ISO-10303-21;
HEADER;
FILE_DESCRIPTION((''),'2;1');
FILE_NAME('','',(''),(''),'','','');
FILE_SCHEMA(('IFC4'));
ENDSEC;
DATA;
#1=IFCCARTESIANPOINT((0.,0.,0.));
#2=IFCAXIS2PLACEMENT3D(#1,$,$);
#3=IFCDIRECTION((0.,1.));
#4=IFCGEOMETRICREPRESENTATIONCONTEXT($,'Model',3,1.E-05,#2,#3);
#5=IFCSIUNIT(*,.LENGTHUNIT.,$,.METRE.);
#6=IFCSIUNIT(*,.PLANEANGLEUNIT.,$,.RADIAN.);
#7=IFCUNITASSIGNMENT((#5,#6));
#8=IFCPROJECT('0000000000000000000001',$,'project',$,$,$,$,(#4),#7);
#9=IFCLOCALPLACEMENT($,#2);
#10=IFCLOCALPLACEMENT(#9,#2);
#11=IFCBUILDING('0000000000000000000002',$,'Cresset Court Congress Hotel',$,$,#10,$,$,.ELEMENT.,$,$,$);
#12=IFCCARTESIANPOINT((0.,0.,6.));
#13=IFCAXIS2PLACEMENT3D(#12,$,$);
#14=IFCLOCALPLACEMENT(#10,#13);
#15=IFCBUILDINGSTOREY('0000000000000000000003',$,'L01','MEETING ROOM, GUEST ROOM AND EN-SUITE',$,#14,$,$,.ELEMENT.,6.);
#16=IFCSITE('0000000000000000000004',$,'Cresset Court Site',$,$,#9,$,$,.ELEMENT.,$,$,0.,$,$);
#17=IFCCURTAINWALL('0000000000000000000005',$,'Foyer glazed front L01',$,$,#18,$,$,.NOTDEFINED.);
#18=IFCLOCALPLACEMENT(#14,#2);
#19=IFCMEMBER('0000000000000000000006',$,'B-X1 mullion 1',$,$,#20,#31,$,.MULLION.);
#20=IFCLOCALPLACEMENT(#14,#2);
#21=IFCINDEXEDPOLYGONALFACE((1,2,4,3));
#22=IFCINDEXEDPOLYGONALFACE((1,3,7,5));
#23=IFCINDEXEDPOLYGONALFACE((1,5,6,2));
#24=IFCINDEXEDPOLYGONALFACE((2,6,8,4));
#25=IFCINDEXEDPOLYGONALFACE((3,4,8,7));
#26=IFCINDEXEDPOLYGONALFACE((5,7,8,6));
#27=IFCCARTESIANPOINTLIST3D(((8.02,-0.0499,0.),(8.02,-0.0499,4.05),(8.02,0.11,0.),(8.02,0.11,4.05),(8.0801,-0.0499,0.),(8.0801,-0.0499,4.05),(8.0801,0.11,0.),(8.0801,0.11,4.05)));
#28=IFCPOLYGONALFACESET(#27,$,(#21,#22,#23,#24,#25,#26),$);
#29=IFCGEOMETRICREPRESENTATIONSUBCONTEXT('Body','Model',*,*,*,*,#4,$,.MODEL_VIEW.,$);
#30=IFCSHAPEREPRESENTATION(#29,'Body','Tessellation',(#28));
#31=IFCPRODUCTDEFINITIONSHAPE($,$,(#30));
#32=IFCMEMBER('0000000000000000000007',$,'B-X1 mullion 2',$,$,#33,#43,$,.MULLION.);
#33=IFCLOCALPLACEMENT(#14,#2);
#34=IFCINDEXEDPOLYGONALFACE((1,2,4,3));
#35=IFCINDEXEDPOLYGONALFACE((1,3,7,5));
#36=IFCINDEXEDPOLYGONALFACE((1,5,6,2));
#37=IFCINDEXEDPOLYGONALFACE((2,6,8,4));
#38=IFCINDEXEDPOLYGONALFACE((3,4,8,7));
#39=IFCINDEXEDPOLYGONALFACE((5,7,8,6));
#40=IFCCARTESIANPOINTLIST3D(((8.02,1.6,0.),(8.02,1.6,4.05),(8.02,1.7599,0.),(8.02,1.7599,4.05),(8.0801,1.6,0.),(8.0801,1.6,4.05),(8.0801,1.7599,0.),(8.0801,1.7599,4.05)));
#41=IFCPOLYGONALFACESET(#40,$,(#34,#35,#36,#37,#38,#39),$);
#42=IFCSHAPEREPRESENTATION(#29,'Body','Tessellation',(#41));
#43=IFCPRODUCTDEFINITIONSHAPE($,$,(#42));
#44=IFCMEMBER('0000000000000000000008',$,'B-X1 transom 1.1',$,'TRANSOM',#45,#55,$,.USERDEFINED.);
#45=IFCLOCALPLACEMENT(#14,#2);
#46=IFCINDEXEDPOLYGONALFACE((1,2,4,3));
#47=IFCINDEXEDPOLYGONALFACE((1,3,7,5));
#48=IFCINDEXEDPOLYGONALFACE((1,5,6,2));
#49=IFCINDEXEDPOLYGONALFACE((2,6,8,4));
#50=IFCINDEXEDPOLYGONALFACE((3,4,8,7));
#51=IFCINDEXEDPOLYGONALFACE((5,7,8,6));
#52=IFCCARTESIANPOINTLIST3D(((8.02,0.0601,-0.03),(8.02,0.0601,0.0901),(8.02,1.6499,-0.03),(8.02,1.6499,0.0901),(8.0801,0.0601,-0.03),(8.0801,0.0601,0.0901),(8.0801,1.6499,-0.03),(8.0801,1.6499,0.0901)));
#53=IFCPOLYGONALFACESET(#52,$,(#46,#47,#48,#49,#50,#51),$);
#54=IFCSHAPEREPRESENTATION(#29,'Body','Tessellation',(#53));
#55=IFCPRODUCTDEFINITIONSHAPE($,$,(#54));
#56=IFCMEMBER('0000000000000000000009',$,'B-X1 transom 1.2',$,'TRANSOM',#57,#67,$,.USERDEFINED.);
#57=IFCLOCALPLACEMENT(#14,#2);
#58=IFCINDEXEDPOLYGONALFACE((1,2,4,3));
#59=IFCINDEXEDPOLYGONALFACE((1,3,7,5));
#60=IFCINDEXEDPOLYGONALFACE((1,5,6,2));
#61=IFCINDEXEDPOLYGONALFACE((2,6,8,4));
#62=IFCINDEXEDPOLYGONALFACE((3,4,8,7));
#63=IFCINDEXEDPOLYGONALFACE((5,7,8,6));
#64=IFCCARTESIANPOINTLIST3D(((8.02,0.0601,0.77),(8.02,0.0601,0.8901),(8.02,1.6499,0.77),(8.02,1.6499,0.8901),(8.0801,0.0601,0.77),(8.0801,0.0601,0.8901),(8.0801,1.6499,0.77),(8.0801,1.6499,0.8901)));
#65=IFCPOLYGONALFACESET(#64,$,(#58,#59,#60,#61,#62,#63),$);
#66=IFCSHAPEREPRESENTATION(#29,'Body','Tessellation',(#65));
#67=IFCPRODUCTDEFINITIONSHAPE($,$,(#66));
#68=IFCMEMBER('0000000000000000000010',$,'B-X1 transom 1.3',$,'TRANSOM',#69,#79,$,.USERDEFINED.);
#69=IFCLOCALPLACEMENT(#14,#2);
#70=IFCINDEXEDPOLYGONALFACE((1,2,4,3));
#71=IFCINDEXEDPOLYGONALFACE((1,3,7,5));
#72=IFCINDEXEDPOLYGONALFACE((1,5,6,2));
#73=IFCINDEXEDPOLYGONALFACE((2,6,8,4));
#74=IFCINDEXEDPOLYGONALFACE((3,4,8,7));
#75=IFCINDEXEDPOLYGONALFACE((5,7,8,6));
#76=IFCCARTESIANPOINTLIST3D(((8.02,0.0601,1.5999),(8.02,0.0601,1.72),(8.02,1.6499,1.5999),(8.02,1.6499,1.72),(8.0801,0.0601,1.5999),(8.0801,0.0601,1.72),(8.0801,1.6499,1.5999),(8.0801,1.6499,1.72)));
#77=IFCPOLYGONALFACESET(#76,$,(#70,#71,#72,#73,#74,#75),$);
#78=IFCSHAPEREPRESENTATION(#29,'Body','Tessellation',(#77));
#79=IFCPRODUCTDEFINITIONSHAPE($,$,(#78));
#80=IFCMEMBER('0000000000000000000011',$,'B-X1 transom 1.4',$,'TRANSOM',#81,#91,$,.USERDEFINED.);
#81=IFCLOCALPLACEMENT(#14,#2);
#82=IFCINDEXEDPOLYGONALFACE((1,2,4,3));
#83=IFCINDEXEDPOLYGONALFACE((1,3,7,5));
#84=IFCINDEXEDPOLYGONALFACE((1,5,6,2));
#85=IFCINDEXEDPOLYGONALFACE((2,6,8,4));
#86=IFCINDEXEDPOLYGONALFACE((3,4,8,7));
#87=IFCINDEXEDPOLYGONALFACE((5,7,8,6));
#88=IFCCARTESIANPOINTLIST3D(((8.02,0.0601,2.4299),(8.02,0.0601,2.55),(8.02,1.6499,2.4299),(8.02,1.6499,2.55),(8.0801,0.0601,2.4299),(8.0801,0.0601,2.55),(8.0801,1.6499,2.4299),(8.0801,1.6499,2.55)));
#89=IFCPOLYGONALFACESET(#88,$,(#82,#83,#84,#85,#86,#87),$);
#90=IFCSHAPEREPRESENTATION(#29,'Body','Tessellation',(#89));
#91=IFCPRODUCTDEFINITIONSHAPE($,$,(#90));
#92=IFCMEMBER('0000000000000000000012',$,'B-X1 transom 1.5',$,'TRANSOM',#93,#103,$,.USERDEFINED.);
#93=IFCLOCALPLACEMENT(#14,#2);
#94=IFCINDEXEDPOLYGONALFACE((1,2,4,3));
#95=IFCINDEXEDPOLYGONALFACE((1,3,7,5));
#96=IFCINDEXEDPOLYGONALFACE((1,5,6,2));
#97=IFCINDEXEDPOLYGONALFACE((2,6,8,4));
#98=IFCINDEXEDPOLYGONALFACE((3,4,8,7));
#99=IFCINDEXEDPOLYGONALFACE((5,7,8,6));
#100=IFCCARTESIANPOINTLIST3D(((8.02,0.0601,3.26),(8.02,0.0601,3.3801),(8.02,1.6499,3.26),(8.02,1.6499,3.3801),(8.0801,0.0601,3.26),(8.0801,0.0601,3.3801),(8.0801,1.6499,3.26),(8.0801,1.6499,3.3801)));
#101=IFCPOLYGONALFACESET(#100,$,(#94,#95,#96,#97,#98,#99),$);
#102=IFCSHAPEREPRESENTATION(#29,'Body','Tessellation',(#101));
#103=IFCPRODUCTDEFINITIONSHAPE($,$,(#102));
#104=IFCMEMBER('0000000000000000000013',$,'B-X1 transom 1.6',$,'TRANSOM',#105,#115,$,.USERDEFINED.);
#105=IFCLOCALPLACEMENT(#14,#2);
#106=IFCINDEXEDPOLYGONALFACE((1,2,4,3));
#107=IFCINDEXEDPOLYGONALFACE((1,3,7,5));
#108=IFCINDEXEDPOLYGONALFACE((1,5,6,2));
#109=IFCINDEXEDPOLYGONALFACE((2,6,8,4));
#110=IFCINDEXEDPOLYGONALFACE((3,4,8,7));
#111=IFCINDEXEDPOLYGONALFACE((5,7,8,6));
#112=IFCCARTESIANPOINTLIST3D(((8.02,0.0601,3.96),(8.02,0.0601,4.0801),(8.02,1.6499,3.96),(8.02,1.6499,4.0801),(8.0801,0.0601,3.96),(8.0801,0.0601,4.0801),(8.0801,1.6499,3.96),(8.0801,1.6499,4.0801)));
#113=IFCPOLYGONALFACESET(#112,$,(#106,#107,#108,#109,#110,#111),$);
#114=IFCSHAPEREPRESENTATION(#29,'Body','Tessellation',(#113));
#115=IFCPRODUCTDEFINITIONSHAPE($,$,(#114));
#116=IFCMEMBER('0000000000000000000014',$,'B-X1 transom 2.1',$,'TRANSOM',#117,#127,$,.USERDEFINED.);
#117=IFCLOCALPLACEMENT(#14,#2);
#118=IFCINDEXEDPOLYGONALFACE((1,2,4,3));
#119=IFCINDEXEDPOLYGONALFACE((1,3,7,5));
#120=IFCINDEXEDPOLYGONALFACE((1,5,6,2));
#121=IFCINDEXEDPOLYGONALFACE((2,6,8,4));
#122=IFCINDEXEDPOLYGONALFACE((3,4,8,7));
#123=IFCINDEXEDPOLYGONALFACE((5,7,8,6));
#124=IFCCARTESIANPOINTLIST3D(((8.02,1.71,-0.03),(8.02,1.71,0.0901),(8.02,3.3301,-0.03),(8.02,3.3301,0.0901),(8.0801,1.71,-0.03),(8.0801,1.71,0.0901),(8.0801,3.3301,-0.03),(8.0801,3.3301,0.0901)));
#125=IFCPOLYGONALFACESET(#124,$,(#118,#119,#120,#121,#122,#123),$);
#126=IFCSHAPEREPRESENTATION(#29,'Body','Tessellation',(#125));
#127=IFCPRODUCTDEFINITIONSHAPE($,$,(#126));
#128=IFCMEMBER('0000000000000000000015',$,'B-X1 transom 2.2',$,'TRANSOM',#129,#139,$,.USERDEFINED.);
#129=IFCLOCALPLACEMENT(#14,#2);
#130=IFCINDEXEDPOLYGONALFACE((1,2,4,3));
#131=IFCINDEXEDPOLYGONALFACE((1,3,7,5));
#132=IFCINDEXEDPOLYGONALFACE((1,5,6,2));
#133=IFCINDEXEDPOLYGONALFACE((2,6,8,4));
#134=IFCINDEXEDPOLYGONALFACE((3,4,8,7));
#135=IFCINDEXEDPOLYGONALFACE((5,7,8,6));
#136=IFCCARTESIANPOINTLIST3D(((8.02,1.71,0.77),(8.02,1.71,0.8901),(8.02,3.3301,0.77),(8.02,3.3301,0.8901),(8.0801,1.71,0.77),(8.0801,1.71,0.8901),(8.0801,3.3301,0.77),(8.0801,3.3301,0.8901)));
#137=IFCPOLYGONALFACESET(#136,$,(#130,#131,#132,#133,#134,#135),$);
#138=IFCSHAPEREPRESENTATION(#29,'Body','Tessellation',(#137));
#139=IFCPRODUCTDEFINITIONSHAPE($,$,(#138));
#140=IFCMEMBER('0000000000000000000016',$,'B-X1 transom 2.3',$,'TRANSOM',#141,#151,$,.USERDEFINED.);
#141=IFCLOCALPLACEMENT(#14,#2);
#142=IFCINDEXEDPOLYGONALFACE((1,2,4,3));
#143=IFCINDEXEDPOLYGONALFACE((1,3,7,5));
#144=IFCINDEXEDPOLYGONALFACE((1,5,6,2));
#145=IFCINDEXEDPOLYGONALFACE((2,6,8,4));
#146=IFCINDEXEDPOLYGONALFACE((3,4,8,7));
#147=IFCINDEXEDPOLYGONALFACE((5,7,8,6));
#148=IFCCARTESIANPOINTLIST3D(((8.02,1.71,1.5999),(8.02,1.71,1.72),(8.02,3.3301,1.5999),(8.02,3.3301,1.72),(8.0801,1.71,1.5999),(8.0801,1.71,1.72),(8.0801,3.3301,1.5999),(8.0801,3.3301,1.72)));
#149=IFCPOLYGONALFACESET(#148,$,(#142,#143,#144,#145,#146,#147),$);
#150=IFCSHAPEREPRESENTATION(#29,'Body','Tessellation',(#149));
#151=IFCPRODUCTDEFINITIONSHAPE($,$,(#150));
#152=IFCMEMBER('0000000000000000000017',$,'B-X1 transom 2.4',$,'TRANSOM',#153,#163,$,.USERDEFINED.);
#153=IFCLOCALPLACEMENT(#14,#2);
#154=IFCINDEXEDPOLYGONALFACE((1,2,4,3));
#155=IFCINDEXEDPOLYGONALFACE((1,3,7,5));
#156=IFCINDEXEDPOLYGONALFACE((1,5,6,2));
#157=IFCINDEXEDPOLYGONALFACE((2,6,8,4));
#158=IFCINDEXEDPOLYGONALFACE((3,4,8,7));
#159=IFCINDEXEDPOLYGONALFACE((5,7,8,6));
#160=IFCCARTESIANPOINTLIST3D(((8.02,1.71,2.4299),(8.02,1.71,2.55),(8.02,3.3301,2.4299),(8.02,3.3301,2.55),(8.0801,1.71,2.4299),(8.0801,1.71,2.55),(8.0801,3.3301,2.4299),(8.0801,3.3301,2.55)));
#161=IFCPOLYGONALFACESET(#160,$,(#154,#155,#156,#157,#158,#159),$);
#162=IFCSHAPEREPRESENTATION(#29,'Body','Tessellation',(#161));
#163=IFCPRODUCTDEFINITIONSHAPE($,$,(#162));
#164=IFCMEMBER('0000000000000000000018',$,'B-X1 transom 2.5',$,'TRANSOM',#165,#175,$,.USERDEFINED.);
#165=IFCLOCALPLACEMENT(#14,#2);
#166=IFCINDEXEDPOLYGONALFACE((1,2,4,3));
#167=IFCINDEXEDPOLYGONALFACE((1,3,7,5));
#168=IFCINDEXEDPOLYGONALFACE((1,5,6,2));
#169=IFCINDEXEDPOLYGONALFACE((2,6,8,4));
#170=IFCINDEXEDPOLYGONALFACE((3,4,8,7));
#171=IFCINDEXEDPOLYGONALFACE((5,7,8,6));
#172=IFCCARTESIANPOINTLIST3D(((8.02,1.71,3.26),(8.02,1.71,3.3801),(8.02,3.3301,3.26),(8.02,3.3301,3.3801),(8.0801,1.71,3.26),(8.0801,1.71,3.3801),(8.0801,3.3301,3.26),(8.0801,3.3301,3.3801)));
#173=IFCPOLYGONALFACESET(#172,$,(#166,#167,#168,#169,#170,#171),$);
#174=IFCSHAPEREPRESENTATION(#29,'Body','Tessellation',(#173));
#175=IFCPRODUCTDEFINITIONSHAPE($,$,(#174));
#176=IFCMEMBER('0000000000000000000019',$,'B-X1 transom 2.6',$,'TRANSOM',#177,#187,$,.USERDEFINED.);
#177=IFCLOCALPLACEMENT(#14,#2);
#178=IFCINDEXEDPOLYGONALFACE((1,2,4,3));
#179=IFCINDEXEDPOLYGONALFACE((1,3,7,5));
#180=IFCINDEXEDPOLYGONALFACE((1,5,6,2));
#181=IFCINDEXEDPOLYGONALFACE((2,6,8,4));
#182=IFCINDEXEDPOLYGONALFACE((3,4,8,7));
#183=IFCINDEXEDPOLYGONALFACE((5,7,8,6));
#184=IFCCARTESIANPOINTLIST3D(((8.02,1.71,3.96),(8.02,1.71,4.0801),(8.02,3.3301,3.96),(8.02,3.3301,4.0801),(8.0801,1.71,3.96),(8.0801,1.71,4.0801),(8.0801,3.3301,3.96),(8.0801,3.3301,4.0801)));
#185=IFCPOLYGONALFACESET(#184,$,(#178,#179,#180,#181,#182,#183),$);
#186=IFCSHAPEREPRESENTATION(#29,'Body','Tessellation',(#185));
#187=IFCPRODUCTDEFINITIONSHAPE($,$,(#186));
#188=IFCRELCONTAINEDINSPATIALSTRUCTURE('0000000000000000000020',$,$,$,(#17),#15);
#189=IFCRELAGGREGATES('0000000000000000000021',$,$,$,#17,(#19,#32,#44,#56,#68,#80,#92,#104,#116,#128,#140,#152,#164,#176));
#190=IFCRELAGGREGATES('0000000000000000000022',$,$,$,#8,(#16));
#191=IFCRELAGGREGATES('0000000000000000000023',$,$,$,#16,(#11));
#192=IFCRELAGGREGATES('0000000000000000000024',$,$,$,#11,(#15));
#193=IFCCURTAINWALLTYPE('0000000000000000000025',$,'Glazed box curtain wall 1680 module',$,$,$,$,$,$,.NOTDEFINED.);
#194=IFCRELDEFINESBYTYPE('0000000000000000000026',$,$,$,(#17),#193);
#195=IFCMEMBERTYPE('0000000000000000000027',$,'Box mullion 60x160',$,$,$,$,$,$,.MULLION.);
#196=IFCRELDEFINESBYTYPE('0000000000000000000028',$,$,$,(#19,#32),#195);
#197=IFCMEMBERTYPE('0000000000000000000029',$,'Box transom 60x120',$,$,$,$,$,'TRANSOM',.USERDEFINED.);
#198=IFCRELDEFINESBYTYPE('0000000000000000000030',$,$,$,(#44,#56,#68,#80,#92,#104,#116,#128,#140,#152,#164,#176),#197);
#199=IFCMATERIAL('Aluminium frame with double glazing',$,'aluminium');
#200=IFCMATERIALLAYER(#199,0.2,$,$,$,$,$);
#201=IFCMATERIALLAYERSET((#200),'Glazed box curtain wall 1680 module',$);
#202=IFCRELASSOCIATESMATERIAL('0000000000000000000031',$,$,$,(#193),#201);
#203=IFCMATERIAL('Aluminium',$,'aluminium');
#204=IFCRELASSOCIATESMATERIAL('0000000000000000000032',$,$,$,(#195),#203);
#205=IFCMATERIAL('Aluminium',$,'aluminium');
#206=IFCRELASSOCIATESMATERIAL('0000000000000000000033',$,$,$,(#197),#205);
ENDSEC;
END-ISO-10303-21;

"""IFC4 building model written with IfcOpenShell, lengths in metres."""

from ifc_helpers import new_model, si_unit, direction, frame, origin, origin_2d, place, context, subcontext, project, spatial, rectangle, extrude, material, layer, layer_set, material_profile, profile_set, type_object, element, aggregate, save


model = new_model("IFC4")

# Units and contexts
model_context = context("Model", 3, precision=1e-05, world=origin(), true_north=direction((0.0, 1.0)))
body_context = subcontext(model_context, "Body", "Model", "MODEL_VIEW")
ifc_project = project(units=[si_unit("LENGTHUNIT", "METRE"), si_unit("PLANEANGLEUNIT", "RADIAN")], contexts=[model_context])

# Site, building, storey
site_placement = place(None, origin())
site = spatial("IfcSite", under=ifc_project, at=site_placement, Name="Cresset Court Site", CompositionType="ELEMENT", RefElevation=0.0)
building_placement = place(site_placement, origin())
building = spatial("IfcBuilding", under=site, at=building_placement, Name="Cresset Court Congress Hotel", CompositionType="ELEMENT")
storey_placement = place(building_placement, frame((0.0, 0.0, 6.0)))
storey = spatial("IfcBuildingStorey", under=building, at=storey_placement, Name="L01", Description="MEETING ROOM, GUEST ROOM AND EN-SUITE", CompositionType="ELEMENT", Elevation=6.0)

# Curtain wall, members
ifc_material_1 = material(Name="Aluminium frame with double glazing", Category="aluminium")
ifc_layer_1 = layer(ifc_material_1, 0.2)
ifc_layer_set_1 = layer_set([ifc_layer_1], Name="Glazed box curtain wall 1680 module")
curtain_wall_type = type_object("IfcCurtainWallType", Name="Glazed box curtain wall 1680 module", PredefinedType="NOTDEFINED", material=ifc_layer_set_1)
curtain_wall_placement = place(storey_placement, origin())
curtain_wall = element("IfcCurtainWall", 1, at=curtain_wall_placement, inside=storey, type_object=curtain_wall_type, Name="Foyer glazed front L01", PredefinedType="NOTDEFINED")
ifc_material_2 = material(Name="Aluminium", Category="aluminium")
ifc_material_profile_1 = material_profile(ifc_material_2, rectangle(XDim=0.0601, YDim=0.1599, at=origin_2d()), Name="Box mullion 60x160")
ifc_profile_set_1 = profile_set([ifc_material_profile_1], Name="Aluminium")
member_type_1 = type_object("IfcMemberType", Name="Box mullion 60x160", PredefinedType="MULLION", material=ifc_profile_set_1)
member_1_placement = place(storey_placement, frame((8.05, 0.03, 0.0), z_axis=(0.0, 0.0, 1.0), x_axis=(-1.0, 0.0, 0.0)))
member_1 = element("IfcMember", 2, at=member_1_placement, type_object=member_type_1, Name="B-X1 mullion 1", PredefinedType="MULLION", context=body_context, shape_type="SweptSolid", body=[
    extrude(rectangle(XDim=0.0601, YDim=0.1599, at=origin_2d()), origin(), (0.0, 0.0, 1.0), 4.05),
])
member_2_placement = place(storey_placement, frame((8.05, 1.6799, 0.0), z_axis=(0.0, 0.0, 1.0), x_axis=(-1.0, 0.0, 0.0)))
member_2 = element("IfcMember", 3, at=member_2_placement, type_object=member_type_1, Name="B-X1 mullion 2", PredefinedType="MULLION", context=body_context, shape_type="SweptSolid", body=[
    extrude(rectangle(XDim=0.0601, YDim=0.1599, at=origin_2d()), origin(), (0.0, 0.0, 1.0), 4.05),
])
ifc_material_3 = material(Name="Aluminium", Category="aluminium")
ifc_material_profile_2 = material_profile(ifc_material_3, rectangle(XDim=0.0601, YDim=0.1201, at=origin_2d()), Name="Box transom 60x120")
ifc_profile_set_2 = profile_set([ifc_material_profile_2], Name="Aluminium")
member_type_2 = type_object("IfcMemberType", Name="Box transom 60x120", ElementType="TRANSOM", PredefinedType="USERDEFINED", material=ifc_profile_set_2)
member_3_placement = place(storey_placement, frame((8.05, 0.0601, 0.03), z_axis=(0.0, 1.0, 0.0), x_axis=(-1.0, 0.0, 0.0)))
member_3 = element("IfcMember", 4, at=member_3_placement, type_object=member_type_2, Name="B-X1 transom 1.1", ObjectType="TRANSOM", PredefinedType="USERDEFINED", context=body_context, shape_type="SweptSolid", body=[
    extrude(rectangle(XDim=0.0601, YDim=0.1201, at=origin_2d()), origin(), (0.0, 0.0, 1.0), 1.5898),
])
member_4_placement = place(storey_placement, frame((8.05, 0.0601, 0.8301), z_axis=(0.0, 1.0, 0.0), x_axis=(-1.0, 0.0, 0.0)))
member_4 = element("IfcMember", 5, at=member_4_placement, type_object=member_type_2, Name="B-X1 transom 1.2", ObjectType="TRANSOM", PredefinedType="USERDEFINED", context=body_context, shape_type="SweptSolid", body=[
    extrude(rectangle(XDim=0.0601, YDim=0.1201, at=origin_2d()), origin(), (0.0, 0.0, 1.0), 1.5898),
])
member_5_placement = place(storey_placement, frame((8.05, 0.0601, 1.6599), z_axis=(0.0, 1.0, 0.0), x_axis=(-1.0, 0.0, 0.0)))
member_5 = element("IfcMember", 6, at=member_5_placement, type_object=member_type_2, Name="B-X1 transom 1.3", ObjectType="TRANSOM", PredefinedType="USERDEFINED", context=body_context, shape_type="SweptSolid", body=[
    extrude(rectangle(XDim=0.0601, YDim=0.1201, at=origin_2d()), origin(), (0.0, 0.0, 1.0), 1.5898),
])
member_6_placement = place(storey_placement, frame((8.05, 0.0601, 2.49), z_axis=(0.0, 1.0, 0.0), x_axis=(-1.0, 0.0, 0.0)))
member_6 = element("IfcMember", 7, at=member_6_placement, type_object=member_type_2, Name="B-X1 transom 1.4", ObjectType="TRANSOM", PredefinedType="USERDEFINED", context=body_context, shape_type="SweptSolid", body=[
    extrude(rectangle(XDim=0.0601, YDim=0.1201, at=origin_2d()), origin(), (0.0, 0.0, 1.0), 1.5898),
])
member_7_placement = place(storey_placement, frame((8.05, 0.0601, 3.3201), z_axis=(0.0, 1.0, 0.0), x_axis=(-1.0, 0.0, 0.0)))
member_7 = element("IfcMember", 8, at=member_7_placement, type_object=member_type_2, Name="B-X1 transom 1.5", ObjectType="TRANSOM", PredefinedType="USERDEFINED", context=body_context, shape_type="SweptSolid", body=[
    extrude(rectangle(XDim=0.0601, YDim=0.1201, at=origin_2d()), origin(), (0.0, 0.0, 1.0), 1.5898),
])
member_8_placement = place(storey_placement, frame((8.05, 0.0601, 4.02), z_axis=(0.0, 1.0, 0.0), x_axis=(-1.0, 0.0, 0.0)))
member_8 = element("IfcMember", 9, at=member_8_placement, type_object=member_type_2, Name="B-X1 transom 1.6", ObjectType="TRANSOM", PredefinedType="USERDEFINED", context=body_context, shape_type="SweptSolid", body=[
    extrude(rectangle(XDim=0.0601, YDim=0.1201, at=origin_2d()), origin(), (0.0, 0.0, 1.0), 1.5898),
])
member_9_placement = place(storey_placement, frame((8.05, 1.71, 0.03), z_axis=(0.0, 1.0, 0.0), x_axis=(-1.0, 0.0, 0.0)))
member_9 = element("IfcMember", 10, at=member_9_placement, type_object=member_type_2, Name="B-X1 transom 2.1", ObjectType="TRANSOM", PredefinedType="USERDEFINED", context=body_context, shape_type="SweptSolid", body=[
    extrude(rectangle(XDim=0.0601, YDim=0.1201, at=origin_2d()), origin(), (0.0, 0.0, 1.0), 1.6201),
])
member_10_placement = place(storey_placement, frame((8.05, 1.71, 0.8301), z_axis=(0.0, 1.0, 0.0), x_axis=(-1.0, 0.0, 0.0)))
member_10 = element("IfcMember", 11, at=member_10_placement, type_object=member_type_2, Name="B-X1 transom 2.2", ObjectType="TRANSOM", PredefinedType="USERDEFINED", context=body_context, shape_type="SweptSolid", body=[
    extrude(rectangle(XDim=0.0601, YDim=0.1201, at=origin_2d()), origin(), (0.0, 0.0, 1.0), 1.6201),
])
member_11_placement = place(storey_placement, frame((8.05, 1.71, 1.6599), z_axis=(0.0, 1.0, 0.0), x_axis=(-1.0, 0.0, 0.0)))
member_11 = element("IfcMember", 12, at=member_11_placement, type_object=member_type_2, Name="B-X1 transom 2.3", ObjectType="TRANSOM", PredefinedType="USERDEFINED", context=body_context, shape_type="SweptSolid", body=[
    extrude(rectangle(XDim=0.0601, YDim=0.1201, at=origin_2d()), origin(), (0.0, 0.0, 1.0), 1.6201),
])
member_12_placement = place(storey_placement, frame((8.05, 1.71, 2.49), z_axis=(0.0, 1.0, 0.0), x_axis=(-1.0, 0.0, 0.0)))
member_12 = element("IfcMember", 13, at=member_12_placement, type_object=member_type_2, Name="B-X1 transom 2.4", ObjectType="TRANSOM", PredefinedType="USERDEFINED", context=body_context, shape_type="SweptSolid", body=[
    extrude(rectangle(XDim=0.0601, YDim=0.1201, at=origin_2d()), origin(), (0.0, 0.0, 1.0), 1.6201),
])
member_13_placement = place(storey_placement, frame((8.05, 1.71, 3.3201), z_axis=(0.0, 1.0, 0.0), x_axis=(-1.0, 0.0, 0.0)))
member_13 = element("IfcMember", 14, at=member_13_placement, type_object=member_type_2, Name="B-X1 transom 2.5", ObjectType="TRANSOM", PredefinedType="USERDEFINED", context=body_context, shape_type="SweptSolid", body=[
    extrude(rectangle(XDim=0.0601, YDim=0.1201, at=origin_2d()), origin(), (0.0, 0.0, 1.0), 1.6201),
])
member_14_placement = place(storey_placement, frame((8.05, 1.71, 4.02), z_axis=(0.0, 1.0, 0.0), x_axis=(-1.0, 0.0, 0.0)))
member_14 = element("IfcMember", 15, at=member_14_placement, type_object=member_type_2, Name="B-X1 transom 2.6", ObjectType="TRANSOM", PredefinedType="USERDEFINED", context=body_context, shape_type="SweptSolid", body=[
    extrude(rectangle(XDim=0.0601, YDim=0.1201, at=origin_2d()), origin(), (0.0, 0.0, 1.0), 1.6201),
])
aggregate(curtain_wall, [member_1, member_2, member_3, member_4, member_5, member_6, member_7, member_8, member_9, member_10, member_11, member_12, member_13, member_14])

save(model, "model.ifc")
